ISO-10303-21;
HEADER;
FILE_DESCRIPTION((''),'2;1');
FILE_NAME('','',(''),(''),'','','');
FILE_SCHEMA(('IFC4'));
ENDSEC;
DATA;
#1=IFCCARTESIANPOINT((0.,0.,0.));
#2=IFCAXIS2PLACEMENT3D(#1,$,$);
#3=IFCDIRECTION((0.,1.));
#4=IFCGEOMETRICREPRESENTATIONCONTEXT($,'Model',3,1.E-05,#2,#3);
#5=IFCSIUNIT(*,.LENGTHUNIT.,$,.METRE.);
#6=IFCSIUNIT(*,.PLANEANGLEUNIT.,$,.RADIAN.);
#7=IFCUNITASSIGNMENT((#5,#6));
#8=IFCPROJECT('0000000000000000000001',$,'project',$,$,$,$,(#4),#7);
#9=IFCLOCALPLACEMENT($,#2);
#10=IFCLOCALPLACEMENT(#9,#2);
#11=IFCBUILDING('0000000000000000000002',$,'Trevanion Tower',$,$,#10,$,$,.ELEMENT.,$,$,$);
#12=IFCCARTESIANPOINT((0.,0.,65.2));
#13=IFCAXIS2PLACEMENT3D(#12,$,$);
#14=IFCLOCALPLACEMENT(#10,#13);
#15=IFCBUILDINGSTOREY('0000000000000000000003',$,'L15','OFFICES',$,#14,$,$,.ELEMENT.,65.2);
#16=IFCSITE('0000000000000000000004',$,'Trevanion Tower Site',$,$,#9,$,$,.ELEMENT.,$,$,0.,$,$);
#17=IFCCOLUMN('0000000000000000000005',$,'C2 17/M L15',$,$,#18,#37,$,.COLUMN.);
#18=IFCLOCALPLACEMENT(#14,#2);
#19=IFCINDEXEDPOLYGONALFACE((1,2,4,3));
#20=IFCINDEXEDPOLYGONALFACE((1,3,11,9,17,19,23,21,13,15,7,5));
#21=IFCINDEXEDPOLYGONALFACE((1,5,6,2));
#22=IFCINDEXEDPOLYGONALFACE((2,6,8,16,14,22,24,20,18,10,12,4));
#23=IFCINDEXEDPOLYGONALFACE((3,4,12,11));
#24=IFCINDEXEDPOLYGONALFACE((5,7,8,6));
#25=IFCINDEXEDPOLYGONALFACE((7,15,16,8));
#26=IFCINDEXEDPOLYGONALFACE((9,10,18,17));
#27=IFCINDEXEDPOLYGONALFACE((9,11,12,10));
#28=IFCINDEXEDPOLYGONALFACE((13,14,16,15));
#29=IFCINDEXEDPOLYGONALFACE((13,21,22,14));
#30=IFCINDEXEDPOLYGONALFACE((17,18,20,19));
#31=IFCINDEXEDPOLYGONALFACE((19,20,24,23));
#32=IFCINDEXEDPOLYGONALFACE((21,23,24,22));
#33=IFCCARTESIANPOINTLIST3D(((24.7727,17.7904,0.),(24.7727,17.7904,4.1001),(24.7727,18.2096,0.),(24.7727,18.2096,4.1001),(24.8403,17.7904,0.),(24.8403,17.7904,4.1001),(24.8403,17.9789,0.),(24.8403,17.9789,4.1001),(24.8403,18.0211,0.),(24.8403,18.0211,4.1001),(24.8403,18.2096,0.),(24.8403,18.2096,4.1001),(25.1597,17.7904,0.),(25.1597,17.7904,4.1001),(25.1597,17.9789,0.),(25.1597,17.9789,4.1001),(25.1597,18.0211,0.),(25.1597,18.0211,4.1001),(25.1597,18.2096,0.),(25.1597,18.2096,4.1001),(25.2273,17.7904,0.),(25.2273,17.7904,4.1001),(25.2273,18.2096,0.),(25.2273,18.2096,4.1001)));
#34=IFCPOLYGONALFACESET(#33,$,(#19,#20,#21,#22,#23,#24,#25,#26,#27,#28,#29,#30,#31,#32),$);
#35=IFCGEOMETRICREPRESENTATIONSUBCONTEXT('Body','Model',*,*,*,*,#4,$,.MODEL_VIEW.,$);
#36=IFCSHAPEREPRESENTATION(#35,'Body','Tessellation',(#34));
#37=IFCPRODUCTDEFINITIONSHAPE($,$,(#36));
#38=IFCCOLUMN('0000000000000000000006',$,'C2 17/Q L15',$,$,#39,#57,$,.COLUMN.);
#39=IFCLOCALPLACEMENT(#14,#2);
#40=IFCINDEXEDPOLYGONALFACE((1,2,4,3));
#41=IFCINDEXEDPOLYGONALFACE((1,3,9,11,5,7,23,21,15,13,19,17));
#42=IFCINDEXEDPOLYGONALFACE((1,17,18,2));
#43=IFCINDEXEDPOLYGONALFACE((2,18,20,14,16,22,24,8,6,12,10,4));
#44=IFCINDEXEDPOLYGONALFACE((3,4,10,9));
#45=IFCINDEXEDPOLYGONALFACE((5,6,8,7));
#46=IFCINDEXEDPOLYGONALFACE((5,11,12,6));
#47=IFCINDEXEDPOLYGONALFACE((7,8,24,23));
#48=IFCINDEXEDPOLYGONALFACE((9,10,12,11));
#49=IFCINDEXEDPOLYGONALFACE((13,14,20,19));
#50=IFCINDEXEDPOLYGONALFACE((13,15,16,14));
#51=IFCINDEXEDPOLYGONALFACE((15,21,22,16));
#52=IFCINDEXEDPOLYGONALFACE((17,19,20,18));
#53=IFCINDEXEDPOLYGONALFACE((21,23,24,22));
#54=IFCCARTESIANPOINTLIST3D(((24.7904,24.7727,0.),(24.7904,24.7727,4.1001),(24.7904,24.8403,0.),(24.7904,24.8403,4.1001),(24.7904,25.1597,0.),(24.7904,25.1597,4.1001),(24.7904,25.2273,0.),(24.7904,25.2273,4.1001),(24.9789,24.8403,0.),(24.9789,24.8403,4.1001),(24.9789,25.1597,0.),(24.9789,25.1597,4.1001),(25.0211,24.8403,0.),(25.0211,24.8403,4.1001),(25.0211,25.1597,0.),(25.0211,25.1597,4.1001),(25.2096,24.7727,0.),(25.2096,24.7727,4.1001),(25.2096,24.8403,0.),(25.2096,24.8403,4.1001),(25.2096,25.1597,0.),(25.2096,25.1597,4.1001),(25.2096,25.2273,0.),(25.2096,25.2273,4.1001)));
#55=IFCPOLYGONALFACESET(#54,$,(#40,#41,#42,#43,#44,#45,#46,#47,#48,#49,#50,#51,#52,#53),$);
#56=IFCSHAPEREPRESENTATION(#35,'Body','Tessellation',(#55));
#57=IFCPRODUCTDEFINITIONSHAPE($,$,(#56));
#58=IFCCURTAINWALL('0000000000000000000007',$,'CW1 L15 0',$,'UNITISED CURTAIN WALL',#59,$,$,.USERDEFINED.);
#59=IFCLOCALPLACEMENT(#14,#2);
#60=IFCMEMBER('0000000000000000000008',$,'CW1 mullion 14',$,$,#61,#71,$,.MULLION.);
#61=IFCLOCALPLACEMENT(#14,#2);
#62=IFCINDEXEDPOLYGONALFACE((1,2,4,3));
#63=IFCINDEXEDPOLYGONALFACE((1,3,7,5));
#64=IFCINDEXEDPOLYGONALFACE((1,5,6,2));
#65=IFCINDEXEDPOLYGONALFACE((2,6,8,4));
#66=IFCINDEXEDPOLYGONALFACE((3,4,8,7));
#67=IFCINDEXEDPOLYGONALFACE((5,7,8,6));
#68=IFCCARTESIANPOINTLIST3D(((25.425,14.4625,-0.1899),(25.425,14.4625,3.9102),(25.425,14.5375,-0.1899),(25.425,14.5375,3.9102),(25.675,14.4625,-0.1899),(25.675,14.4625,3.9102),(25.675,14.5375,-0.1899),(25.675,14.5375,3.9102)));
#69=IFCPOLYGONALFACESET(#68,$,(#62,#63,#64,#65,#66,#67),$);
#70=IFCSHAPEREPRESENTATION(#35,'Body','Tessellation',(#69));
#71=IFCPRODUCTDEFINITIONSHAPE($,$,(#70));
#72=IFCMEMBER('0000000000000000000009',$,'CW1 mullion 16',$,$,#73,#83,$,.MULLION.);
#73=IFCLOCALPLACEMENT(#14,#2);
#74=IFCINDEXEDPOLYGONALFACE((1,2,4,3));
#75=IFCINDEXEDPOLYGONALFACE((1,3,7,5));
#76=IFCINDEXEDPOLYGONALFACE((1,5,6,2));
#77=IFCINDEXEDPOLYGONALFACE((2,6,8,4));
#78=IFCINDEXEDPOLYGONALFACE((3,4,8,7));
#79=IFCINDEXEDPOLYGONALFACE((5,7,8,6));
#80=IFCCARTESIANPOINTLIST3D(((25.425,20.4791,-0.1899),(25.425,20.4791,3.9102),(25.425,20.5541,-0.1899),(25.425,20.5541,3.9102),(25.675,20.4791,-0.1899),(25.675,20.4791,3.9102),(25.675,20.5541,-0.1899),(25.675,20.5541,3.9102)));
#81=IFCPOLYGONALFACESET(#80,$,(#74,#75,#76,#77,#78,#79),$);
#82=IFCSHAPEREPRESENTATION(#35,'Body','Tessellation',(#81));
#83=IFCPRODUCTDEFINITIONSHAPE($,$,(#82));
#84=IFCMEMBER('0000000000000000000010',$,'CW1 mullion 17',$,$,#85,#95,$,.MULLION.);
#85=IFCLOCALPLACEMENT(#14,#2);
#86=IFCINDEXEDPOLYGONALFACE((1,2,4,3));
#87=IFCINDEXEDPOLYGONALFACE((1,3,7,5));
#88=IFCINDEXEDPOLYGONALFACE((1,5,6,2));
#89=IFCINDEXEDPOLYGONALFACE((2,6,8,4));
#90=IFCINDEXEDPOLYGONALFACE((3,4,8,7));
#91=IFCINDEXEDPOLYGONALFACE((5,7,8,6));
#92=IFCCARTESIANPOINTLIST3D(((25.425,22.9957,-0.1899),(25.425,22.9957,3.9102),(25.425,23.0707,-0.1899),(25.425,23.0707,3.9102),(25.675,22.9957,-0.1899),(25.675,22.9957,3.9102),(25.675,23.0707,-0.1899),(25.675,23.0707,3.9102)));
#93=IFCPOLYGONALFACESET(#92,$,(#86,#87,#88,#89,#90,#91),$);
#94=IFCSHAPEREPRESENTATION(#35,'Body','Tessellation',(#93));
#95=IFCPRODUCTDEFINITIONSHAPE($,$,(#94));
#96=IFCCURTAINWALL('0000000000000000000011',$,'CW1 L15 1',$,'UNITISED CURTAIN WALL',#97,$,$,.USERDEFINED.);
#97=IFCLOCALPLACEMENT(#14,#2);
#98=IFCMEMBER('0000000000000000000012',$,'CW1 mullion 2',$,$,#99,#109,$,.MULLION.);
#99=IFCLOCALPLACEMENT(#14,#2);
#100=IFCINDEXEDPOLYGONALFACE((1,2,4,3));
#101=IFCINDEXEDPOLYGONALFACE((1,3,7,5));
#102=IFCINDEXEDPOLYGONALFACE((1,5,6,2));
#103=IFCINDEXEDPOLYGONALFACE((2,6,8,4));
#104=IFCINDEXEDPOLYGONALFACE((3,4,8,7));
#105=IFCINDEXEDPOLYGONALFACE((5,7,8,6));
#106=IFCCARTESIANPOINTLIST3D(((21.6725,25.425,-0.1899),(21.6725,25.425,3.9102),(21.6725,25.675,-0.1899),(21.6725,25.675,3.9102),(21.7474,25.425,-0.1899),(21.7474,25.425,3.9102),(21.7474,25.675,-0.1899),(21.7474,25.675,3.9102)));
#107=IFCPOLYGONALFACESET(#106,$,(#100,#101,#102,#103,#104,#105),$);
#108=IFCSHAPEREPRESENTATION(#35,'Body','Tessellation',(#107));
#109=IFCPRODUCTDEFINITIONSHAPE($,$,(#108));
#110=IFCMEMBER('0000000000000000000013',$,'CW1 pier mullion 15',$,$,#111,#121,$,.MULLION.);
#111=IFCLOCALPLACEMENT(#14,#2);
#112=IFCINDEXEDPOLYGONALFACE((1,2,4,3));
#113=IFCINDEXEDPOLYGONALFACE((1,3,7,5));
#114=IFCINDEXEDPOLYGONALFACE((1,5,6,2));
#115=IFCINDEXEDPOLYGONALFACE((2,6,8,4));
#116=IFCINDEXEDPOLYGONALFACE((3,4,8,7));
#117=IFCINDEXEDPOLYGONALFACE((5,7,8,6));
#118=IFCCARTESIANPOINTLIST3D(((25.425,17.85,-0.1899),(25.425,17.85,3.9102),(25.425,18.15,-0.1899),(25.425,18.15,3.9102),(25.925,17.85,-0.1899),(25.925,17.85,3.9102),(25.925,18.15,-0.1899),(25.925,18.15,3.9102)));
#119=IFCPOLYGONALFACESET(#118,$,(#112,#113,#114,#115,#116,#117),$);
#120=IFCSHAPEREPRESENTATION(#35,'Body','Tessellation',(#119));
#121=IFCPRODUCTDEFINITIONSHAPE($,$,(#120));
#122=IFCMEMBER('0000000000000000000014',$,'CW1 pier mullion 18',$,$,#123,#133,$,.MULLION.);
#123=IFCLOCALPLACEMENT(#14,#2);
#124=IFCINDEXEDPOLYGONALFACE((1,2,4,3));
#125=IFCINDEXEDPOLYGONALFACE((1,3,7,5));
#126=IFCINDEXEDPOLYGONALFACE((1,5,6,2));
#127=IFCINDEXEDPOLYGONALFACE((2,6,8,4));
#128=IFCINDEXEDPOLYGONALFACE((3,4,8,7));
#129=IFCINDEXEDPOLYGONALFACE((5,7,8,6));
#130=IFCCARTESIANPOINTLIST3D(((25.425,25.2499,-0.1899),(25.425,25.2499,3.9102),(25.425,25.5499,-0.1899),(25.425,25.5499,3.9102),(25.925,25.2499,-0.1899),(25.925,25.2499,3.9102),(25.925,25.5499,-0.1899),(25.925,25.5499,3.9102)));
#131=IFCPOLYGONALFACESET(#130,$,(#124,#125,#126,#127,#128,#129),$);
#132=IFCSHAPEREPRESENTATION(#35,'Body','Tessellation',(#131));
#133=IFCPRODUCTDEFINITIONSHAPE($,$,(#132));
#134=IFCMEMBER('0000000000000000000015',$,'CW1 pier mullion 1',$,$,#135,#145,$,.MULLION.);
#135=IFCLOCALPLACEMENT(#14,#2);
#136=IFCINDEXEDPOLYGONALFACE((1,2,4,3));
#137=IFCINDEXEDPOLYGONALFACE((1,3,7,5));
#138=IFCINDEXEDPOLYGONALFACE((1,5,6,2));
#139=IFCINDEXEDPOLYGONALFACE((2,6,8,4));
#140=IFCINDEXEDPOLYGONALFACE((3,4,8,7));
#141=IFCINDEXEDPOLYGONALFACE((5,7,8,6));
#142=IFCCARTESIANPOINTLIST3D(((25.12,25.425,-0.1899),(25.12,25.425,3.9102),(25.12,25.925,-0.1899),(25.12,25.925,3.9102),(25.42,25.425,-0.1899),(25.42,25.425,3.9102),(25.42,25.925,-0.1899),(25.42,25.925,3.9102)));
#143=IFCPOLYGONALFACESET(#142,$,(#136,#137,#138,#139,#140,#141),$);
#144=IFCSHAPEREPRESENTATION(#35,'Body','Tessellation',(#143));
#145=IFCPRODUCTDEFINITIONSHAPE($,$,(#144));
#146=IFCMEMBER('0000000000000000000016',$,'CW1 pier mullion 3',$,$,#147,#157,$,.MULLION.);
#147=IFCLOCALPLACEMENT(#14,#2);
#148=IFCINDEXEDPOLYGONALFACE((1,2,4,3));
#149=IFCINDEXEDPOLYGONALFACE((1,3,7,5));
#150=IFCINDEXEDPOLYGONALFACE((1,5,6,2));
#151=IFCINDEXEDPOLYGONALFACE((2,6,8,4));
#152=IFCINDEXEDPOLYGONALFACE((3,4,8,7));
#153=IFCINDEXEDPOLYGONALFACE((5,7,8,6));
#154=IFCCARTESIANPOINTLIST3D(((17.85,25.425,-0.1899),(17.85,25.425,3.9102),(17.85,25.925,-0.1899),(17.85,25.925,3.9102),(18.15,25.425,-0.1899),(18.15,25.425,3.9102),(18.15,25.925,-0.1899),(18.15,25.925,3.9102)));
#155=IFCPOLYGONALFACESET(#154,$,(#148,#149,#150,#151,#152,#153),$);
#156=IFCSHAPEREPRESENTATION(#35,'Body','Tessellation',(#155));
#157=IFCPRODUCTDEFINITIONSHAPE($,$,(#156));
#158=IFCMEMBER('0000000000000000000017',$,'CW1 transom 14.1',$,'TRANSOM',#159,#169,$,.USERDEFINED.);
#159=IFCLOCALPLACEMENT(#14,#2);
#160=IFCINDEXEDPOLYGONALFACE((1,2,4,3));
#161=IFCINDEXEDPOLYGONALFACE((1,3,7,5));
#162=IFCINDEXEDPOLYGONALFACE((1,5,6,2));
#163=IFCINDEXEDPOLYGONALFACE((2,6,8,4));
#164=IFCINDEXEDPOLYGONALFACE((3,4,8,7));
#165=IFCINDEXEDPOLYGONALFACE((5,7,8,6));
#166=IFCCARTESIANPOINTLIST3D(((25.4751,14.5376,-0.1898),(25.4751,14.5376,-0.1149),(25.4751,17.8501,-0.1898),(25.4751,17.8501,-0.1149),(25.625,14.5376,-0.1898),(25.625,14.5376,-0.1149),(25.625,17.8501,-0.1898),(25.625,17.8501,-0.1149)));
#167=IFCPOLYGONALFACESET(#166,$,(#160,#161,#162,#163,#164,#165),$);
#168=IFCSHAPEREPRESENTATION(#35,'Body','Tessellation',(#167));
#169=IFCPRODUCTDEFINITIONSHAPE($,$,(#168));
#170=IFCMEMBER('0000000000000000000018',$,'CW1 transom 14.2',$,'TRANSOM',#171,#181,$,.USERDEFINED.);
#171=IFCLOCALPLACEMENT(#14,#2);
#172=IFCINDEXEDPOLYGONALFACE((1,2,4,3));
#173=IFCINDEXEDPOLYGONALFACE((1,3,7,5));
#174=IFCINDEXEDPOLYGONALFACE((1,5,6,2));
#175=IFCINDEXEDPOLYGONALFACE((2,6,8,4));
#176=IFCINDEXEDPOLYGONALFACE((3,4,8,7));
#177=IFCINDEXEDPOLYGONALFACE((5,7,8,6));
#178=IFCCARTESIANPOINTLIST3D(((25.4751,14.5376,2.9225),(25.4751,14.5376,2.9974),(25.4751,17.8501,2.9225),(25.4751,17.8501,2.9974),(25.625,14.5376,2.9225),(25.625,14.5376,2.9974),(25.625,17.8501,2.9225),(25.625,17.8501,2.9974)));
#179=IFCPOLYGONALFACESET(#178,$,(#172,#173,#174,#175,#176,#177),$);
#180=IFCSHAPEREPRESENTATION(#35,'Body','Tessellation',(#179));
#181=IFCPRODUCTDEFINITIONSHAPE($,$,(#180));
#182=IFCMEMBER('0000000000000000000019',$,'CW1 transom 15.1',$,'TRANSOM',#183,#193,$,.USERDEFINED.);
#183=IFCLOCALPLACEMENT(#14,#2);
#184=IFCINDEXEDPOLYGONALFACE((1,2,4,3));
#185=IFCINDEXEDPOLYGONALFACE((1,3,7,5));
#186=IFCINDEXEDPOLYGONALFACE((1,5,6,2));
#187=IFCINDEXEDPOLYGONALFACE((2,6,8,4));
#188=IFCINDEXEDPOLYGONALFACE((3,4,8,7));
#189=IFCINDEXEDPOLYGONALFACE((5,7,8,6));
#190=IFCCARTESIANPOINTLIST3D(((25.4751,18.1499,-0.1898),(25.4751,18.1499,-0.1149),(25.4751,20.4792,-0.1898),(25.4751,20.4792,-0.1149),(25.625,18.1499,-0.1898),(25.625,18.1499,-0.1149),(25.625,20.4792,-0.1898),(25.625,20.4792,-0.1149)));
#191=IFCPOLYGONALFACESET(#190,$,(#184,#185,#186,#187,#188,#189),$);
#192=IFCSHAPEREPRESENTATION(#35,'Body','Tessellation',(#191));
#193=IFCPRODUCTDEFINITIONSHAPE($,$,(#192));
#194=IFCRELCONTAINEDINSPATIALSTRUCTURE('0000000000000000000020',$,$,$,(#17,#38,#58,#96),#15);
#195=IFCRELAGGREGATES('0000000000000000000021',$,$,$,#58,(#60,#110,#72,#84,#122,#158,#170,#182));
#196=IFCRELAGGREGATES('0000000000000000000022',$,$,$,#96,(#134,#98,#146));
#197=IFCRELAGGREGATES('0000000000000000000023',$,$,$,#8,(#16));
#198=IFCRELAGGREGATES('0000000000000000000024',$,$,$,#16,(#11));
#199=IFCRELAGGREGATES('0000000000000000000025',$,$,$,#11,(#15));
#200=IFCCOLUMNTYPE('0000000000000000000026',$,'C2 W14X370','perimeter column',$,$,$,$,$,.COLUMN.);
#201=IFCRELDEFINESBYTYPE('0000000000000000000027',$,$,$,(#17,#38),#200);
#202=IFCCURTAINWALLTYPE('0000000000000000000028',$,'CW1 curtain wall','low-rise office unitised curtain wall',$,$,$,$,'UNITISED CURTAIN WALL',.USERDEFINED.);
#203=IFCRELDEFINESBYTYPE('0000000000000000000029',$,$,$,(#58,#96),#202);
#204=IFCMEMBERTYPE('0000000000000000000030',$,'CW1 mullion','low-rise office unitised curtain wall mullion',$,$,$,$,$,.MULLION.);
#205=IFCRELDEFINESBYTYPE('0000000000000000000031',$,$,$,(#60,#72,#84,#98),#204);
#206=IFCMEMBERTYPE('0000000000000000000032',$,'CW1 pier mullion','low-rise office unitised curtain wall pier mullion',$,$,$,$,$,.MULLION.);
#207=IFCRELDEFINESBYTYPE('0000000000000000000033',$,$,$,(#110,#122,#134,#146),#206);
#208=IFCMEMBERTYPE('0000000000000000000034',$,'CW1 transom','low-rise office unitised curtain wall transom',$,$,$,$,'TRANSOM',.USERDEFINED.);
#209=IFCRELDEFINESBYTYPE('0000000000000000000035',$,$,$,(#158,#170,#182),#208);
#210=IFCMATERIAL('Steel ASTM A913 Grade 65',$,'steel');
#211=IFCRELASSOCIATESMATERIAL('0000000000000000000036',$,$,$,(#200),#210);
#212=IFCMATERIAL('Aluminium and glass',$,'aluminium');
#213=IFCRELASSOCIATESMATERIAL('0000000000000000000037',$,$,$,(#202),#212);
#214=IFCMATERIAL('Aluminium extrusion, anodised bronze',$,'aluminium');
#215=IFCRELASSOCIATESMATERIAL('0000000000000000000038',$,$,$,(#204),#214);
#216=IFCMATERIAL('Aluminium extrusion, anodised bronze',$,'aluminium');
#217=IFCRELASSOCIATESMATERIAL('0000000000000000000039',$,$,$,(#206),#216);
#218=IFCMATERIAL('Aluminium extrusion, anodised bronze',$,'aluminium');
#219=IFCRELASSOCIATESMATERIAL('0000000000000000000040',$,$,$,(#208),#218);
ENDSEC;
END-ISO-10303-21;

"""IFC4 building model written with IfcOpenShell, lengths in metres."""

from ifc_helpers import new_model, si_unit, direction, frame, origin, origin_2d, place, context, subcontext, project, spatial, rectangle, i_section, extrude, material, material_profile, profile_set, type_object, element, aggregate, save


model = new_model("IFC4")

# Units and contexts
model_context = context("Model", 3, precision=1e-05, world=origin(), true_north=direction((0.0, 1.0)))
body_context = subcontext(model_context, "Body", "Model", "MODEL_VIEW")
ifc_project = project(units=[si_unit("LENGTHUNIT", "METRE"), si_unit("PLANEANGLEUNIT", "RADIAN")], contexts=[model_context])

# Site, building, storey
site_placement = place(None, origin())
site = spatial("IfcSite", under=ifc_project, at=site_placement, Name="Trevanion Tower Site", CompositionType="ELEMENT", RefElevation=0.0)
building_placement = place(site_placement, origin())
building = spatial("IfcBuilding", under=site, at=building_placement, Name="Trevanion Tower", CompositionType="ELEMENT")
storey_placement = place(building_placement, frame((0.0, 0.0, 65.2)))
storey = spatial("IfcBuildingStorey", under=building, at=storey_placement, Name="L15", Description="OFFICES", CompositionType="ELEMENT", Elevation=65.2)

# Columns
ifc_material_1 = material(Name="Steel ASTM A913 Grade 65", Category="steel")
ifc_material_profile_1 = material_profile(ifc_material_1, i_section(OverallWidth=0.4192, OverallDepth=0.4546, WebThickness=0.0422, FlangeThickness=0.0676, at=origin_2d()), Name="W14X370")
ifc_profile_set_1 = profile_set([ifc_material_profile_1], Name="Steel ASTM A913 Grade 65")
column_type = type_object("IfcColumnType", Name="C2 W14X370", Description="perimeter column", PredefinedType="COLUMN", material=ifc_profile_set_1)
for number, where, z_axis, x_axis, name in (
    (1, (25.0, 18.0, 0.0), (0.0, 0.0, 1.0), (0.0, 1.0, 0.0), "C2 17/M L15"),
    (2, (25.0, 25.0, 0.0), (0.0, 0.0, 1.0), (1.0, 0.0, 0.0), "C2 17/Q L15"),
):
    element("IfcColumn", number, at=place(storey_placement, frame(where, z_axis=z_axis, x_axis=x_axis)), inside=storey, type_object=column_type, Name=name, PredefinedType="COLUMN", context=body_context, shape_type="SweptSolid", body=[
        extrude(i_section(OverallWidth=0.4192, OverallDepth=0.4546, WebThickness=0.0422, FlangeThickness=0.0676, at=origin_2d()), origin(), (0.0, 0.0, 1.0), 4.1001),
    ])

# Curtain wall, members
ifc_material_2 = material(Name="Aluminium and glass", Category="aluminium")
curtain_wall_type = type_object("IfcCurtainWallType", Name="CW1 curtain wall", Description="low-rise office unitised curtain wall", ElementType="UNITISED CURTAIN WALL", PredefinedType="USERDEFINED", material=ifc_material_2)
curtain_wall_1_placement = place(storey_placement, origin())
curtain_wall_1 = element("IfcCurtainWall", 3, at=curtain_wall_1_placement, inside=storey, type_object=curtain_wall_type, Name="CW1 L15 0", ObjectType="UNITISED CURTAIN WALL", PredefinedType="USERDEFINED")
ifc_material_3 = material(Name="Aluminium extrusion, anodised bronze", Category="aluminium")
ifc_material_profile_2 = material_profile(ifc_material_3, rectangle(XDim=0.075, YDim=0.25, at=origin_2d()), Name="CW1 mullion")
ifc_profile_set_2 = profile_set([ifc_material_profile_2], Name="Aluminium extrusion, anodised bronze")
member_type_1 = type_object("IfcMemberType", Name="CW1 mullion", Description="low-rise office unitised curtain wall mullion", PredefinedType="MULLION", material=ifc_profile_set_2)
member_1_placement = place(storey_placement, frame((25.55, 14.5, -0.1899), z_axis=(0.0, 0.0, 1.0), x_axis=(0.0, 1.0, 0.0)))
member_1 = element("IfcMember", 4, at=member_1_placement, type_object=member_type_1, Name="CW1 mullion 14", PredefinedType="MULLION", context=body_context, shape_type="SweptSolid", body=[
    extrude(rectangle(XDim=0.075, YDim=0.25, at=origin_2d()), origin(), (0.0, 0.0, 1.0), 4.1001),
])
member_2_placement = place(storey_placement, frame((25.55, 20.5166, -0.1899), z_axis=(0.0, 0.0, 1.0), x_axis=(0.0, 1.0, 0.0)))
member_2 = element("IfcMember", 5, at=member_2_placement, type_object=member_type_1, Name="CW1 mullion 16", PredefinedType="MULLION", context=body_context, shape_type="SweptSolid", body=[
    extrude(rectangle(XDim=0.075, YDim=0.25, at=origin_2d()), origin(), (0.0, 0.0, 1.0), 4.1001),
])
member_3_placement = place(storey_placement, frame((25.55, 23.0332, -0.1899), z_axis=(0.0, 0.0, 1.0), x_axis=(0.0, 1.0, 0.0)))
member_3 = element("IfcMember", 6, at=member_3_placement, type_object=member_type_1, Name="CW1 mullion 17", PredefinedType="MULLION", context=body_context, shape_type="SweptSolid", body=[
    extrude(rectangle(XDim=0.075, YDim=0.25, at=origin_2d()), origin(), (0.0, 0.0, 1.0), 4.1001),
])

# Curtain wall, member
curtain_wall_2_placement = place(storey_placement, origin())
curtain_wall_2 = element("IfcCurtainWall", 7, at=curtain_wall_2_placement, inside=storey, type_object=curtain_wall_type, Name="CW1 L15 1", ObjectType="UNITISED CURTAIN WALL", PredefinedType="USERDEFINED")
member_4_placement = place(storey_placement, frame((21.71, 25.55, -0.1899), z_axis=(0.0, 0.0, 1.0), x_axis=(-1.0, 0.0, 0.0)))
member_4 = element("IfcMember", 8, at=member_4_placement, type_object=member_type_1, Name="CW1 mullion 2", PredefinedType="MULLION", context=body_context, shape_type="SweptSolid", body=[
    extrude(rectangle(XDim=0.075, YDim=0.25, at=origin_2d()), origin(), (0.0, 0.0, 1.0), 4.1001),
])

# Members
ifc_material_4 = material(Name="Aluminium extrusion, anodised bronze", Category="aluminium")
ifc_material_profile_3 = material_profile(ifc_material_4, rectangle(XDim=0.3, YDim=0.5, at=origin_2d()), Name="CW1 pier mullion")
ifc_profile_set_3 = profile_set([ifc_material_profile_3], Name="Aluminium extrusion, anodised bronze")
member_type_2 = type_object("IfcMemberType", Name="CW1 pier mullion", Description="low-rise office unitised curtain wall pier mullion", PredefinedType="MULLION", material=ifc_profile_set_3)
member_5_placement = place(storey_placement, frame((25.675, 18.0, -0.1899), z_axis=(0.0, 0.0, 1.0), x_axis=(0.0, 1.0, 0.0)))
member_5 = element("IfcMember", 9, at=member_5_placement, type_object=member_type_2, Name="CW1 pier mullion 15", PredefinedType="MULLION", context=body_context, shape_type="SweptSolid", body=[
    extrude(rectangle(XDim=0.3, YDim=0.5, at=origin_2d()), origin(), (0.0, 0.0, 1.0), 4.1001),
])
member_6_placement = place(storey_placement, frame((25.675, 25.3999, -0.1899), z_axis=(0.0, 0.0, 1.0), x_axis=(0.0, 1.0, 0.0)))
member_6 = element("IfcMember", 10, at=member_6_placement, type_object=member_type_2, Name="CW1 pier mullion 18", PredefinedType="MULLION", context=body_context, shape_type="SweptSolid", body=[
    extrude(rectangle(XDim=0.3, YDim=0.5, at=origin_2d()), origin(), (0.0, 0.0, 1.0), 4.1001),
])
member_7_placement = place(storey_placement, frame((25.27, 25.675, -0.1899), z_axis=(0.0, 0.0, 1.0), x_axis=(-1.0, 0.0, 0.0)))
member_7 = element("IfcMember", 11, at=member_7_placement, type_object=member_type_2, Name="CW1 pier mullion 1", PredefinedType="MULLION", context=body_context, shape_type="SweptSolid", body=[
    extrude(rectangle(XDim=0.3, YDim=0.5, at=origin_2d()), origin(), (0.0, 0.0, 1.0), 4.1001),
])
member_8_placement = place(storey_placement, frame((18.0, 25.675, -0.1899), z_axis=(0.0, 0.0, 1.0), x_axis=(-1.0, 0.0, 0.0)))
member_8 = element("IfcMember", 12, at=member_8_placement, type_object=member_type_2, Name="CW1 pier mullion 3", PredefinedType="MULLION", context=body_context, shape_type="SweptSolid", body=[
    extrude(rectangle(XDim=0.3, YDim=0.5, at=origin_2d()), origin(), (0.0, 0.0, 1.0), 4.1001),
])
ifc_material_5 = material(Name="Aluminium extrusion, anodised bronze", Category="aluminium")
ifc_material_profile_4 = material_profile(ifc_material_5, rectangle(XDim=0.1499, YDim=0.075, at=origin_2d()), Name="CW1 transom")
ifc_profile_set_4 = profile_set([ifc_material_profile_4], Name="Aluminium extrusion, anodised bronze")
member_type_3 = type_object("IfcMemberType", Name="CW1 transom", Description="low-rise office unitised curtain wall transom", ElementType="TRANSOM", PredefinedType="USERDEFINED", material=ifc_profile_set_4)
member_9_placement = place(storey_placement, frame((25.55, 14.5376, -0.1523), z_axis=(0.0, 1.0, 0.0), x_axis=(-1.0, 0.0, 0.0)))
member_9 = element("IfcMember", 13, at=member_9_placement, type_object=member_type_3, Name="CW1 transom 14.1", ObjectType="TRANSOM", PredefinedType="USERDEFINED", context=body_context, shape_type="SweptSolid", body=[
    extrude(rectangle(XDim=0.1499, YDim=0.075, at=origin_2d()), origin(), (0.0, 0.0, 1.0), 3.3125),
])
member_10_placement = place(storey_placement, frame((25.55, 14.5376, 2.96), z_axis=(0.0, 1.0, 0.0), x_axis=(-1.0, 0.0, 0.0)))
member_10 = element("IfcMember", 14, at=member_10_placement, type_object=member_type_3, Name="CW1 transom 14.2", ObjectType="TRANSOM", PredefinedType="USERDEFINED", context=body_context, shape_type="SweptSolid", body=[
    extrude(rectangle(XDim=0.1499, YDim=0.075, at=origin_2d()), origin(), (0.0, 0.0, 1.0), 3.3125),
])
member_11_placement = place(storey_placement, frame((25.55, 18.1499, -0.1523), z_axis=(0.0, 1.0, 0.0), x_axis=(-1.0, 0.0, 0.0)))
member_11 = element("IfcMember", 15, at=member_11_placement, type_object=member_type_3, Name="CW1 transom 15.1", ObjectType="TRANSOM", PredefinedType="USERDEFINED", context=body_context, shape_type="SweptSolid", body=[
    extrude(rectangle(XDim=0.1499, YDim=0.075, at=origin_2d()), origin(), (0.0, 0.0, 1.0), 2.3293),
])

aggregate(curtain_wall_1, [member_1, member_5, member_2, member_3, member_6, member_9, member_10, member_11])
aggregate(curtain_wall_2, [member_7, member_4, member_8])

save(model, "model.ifc")
